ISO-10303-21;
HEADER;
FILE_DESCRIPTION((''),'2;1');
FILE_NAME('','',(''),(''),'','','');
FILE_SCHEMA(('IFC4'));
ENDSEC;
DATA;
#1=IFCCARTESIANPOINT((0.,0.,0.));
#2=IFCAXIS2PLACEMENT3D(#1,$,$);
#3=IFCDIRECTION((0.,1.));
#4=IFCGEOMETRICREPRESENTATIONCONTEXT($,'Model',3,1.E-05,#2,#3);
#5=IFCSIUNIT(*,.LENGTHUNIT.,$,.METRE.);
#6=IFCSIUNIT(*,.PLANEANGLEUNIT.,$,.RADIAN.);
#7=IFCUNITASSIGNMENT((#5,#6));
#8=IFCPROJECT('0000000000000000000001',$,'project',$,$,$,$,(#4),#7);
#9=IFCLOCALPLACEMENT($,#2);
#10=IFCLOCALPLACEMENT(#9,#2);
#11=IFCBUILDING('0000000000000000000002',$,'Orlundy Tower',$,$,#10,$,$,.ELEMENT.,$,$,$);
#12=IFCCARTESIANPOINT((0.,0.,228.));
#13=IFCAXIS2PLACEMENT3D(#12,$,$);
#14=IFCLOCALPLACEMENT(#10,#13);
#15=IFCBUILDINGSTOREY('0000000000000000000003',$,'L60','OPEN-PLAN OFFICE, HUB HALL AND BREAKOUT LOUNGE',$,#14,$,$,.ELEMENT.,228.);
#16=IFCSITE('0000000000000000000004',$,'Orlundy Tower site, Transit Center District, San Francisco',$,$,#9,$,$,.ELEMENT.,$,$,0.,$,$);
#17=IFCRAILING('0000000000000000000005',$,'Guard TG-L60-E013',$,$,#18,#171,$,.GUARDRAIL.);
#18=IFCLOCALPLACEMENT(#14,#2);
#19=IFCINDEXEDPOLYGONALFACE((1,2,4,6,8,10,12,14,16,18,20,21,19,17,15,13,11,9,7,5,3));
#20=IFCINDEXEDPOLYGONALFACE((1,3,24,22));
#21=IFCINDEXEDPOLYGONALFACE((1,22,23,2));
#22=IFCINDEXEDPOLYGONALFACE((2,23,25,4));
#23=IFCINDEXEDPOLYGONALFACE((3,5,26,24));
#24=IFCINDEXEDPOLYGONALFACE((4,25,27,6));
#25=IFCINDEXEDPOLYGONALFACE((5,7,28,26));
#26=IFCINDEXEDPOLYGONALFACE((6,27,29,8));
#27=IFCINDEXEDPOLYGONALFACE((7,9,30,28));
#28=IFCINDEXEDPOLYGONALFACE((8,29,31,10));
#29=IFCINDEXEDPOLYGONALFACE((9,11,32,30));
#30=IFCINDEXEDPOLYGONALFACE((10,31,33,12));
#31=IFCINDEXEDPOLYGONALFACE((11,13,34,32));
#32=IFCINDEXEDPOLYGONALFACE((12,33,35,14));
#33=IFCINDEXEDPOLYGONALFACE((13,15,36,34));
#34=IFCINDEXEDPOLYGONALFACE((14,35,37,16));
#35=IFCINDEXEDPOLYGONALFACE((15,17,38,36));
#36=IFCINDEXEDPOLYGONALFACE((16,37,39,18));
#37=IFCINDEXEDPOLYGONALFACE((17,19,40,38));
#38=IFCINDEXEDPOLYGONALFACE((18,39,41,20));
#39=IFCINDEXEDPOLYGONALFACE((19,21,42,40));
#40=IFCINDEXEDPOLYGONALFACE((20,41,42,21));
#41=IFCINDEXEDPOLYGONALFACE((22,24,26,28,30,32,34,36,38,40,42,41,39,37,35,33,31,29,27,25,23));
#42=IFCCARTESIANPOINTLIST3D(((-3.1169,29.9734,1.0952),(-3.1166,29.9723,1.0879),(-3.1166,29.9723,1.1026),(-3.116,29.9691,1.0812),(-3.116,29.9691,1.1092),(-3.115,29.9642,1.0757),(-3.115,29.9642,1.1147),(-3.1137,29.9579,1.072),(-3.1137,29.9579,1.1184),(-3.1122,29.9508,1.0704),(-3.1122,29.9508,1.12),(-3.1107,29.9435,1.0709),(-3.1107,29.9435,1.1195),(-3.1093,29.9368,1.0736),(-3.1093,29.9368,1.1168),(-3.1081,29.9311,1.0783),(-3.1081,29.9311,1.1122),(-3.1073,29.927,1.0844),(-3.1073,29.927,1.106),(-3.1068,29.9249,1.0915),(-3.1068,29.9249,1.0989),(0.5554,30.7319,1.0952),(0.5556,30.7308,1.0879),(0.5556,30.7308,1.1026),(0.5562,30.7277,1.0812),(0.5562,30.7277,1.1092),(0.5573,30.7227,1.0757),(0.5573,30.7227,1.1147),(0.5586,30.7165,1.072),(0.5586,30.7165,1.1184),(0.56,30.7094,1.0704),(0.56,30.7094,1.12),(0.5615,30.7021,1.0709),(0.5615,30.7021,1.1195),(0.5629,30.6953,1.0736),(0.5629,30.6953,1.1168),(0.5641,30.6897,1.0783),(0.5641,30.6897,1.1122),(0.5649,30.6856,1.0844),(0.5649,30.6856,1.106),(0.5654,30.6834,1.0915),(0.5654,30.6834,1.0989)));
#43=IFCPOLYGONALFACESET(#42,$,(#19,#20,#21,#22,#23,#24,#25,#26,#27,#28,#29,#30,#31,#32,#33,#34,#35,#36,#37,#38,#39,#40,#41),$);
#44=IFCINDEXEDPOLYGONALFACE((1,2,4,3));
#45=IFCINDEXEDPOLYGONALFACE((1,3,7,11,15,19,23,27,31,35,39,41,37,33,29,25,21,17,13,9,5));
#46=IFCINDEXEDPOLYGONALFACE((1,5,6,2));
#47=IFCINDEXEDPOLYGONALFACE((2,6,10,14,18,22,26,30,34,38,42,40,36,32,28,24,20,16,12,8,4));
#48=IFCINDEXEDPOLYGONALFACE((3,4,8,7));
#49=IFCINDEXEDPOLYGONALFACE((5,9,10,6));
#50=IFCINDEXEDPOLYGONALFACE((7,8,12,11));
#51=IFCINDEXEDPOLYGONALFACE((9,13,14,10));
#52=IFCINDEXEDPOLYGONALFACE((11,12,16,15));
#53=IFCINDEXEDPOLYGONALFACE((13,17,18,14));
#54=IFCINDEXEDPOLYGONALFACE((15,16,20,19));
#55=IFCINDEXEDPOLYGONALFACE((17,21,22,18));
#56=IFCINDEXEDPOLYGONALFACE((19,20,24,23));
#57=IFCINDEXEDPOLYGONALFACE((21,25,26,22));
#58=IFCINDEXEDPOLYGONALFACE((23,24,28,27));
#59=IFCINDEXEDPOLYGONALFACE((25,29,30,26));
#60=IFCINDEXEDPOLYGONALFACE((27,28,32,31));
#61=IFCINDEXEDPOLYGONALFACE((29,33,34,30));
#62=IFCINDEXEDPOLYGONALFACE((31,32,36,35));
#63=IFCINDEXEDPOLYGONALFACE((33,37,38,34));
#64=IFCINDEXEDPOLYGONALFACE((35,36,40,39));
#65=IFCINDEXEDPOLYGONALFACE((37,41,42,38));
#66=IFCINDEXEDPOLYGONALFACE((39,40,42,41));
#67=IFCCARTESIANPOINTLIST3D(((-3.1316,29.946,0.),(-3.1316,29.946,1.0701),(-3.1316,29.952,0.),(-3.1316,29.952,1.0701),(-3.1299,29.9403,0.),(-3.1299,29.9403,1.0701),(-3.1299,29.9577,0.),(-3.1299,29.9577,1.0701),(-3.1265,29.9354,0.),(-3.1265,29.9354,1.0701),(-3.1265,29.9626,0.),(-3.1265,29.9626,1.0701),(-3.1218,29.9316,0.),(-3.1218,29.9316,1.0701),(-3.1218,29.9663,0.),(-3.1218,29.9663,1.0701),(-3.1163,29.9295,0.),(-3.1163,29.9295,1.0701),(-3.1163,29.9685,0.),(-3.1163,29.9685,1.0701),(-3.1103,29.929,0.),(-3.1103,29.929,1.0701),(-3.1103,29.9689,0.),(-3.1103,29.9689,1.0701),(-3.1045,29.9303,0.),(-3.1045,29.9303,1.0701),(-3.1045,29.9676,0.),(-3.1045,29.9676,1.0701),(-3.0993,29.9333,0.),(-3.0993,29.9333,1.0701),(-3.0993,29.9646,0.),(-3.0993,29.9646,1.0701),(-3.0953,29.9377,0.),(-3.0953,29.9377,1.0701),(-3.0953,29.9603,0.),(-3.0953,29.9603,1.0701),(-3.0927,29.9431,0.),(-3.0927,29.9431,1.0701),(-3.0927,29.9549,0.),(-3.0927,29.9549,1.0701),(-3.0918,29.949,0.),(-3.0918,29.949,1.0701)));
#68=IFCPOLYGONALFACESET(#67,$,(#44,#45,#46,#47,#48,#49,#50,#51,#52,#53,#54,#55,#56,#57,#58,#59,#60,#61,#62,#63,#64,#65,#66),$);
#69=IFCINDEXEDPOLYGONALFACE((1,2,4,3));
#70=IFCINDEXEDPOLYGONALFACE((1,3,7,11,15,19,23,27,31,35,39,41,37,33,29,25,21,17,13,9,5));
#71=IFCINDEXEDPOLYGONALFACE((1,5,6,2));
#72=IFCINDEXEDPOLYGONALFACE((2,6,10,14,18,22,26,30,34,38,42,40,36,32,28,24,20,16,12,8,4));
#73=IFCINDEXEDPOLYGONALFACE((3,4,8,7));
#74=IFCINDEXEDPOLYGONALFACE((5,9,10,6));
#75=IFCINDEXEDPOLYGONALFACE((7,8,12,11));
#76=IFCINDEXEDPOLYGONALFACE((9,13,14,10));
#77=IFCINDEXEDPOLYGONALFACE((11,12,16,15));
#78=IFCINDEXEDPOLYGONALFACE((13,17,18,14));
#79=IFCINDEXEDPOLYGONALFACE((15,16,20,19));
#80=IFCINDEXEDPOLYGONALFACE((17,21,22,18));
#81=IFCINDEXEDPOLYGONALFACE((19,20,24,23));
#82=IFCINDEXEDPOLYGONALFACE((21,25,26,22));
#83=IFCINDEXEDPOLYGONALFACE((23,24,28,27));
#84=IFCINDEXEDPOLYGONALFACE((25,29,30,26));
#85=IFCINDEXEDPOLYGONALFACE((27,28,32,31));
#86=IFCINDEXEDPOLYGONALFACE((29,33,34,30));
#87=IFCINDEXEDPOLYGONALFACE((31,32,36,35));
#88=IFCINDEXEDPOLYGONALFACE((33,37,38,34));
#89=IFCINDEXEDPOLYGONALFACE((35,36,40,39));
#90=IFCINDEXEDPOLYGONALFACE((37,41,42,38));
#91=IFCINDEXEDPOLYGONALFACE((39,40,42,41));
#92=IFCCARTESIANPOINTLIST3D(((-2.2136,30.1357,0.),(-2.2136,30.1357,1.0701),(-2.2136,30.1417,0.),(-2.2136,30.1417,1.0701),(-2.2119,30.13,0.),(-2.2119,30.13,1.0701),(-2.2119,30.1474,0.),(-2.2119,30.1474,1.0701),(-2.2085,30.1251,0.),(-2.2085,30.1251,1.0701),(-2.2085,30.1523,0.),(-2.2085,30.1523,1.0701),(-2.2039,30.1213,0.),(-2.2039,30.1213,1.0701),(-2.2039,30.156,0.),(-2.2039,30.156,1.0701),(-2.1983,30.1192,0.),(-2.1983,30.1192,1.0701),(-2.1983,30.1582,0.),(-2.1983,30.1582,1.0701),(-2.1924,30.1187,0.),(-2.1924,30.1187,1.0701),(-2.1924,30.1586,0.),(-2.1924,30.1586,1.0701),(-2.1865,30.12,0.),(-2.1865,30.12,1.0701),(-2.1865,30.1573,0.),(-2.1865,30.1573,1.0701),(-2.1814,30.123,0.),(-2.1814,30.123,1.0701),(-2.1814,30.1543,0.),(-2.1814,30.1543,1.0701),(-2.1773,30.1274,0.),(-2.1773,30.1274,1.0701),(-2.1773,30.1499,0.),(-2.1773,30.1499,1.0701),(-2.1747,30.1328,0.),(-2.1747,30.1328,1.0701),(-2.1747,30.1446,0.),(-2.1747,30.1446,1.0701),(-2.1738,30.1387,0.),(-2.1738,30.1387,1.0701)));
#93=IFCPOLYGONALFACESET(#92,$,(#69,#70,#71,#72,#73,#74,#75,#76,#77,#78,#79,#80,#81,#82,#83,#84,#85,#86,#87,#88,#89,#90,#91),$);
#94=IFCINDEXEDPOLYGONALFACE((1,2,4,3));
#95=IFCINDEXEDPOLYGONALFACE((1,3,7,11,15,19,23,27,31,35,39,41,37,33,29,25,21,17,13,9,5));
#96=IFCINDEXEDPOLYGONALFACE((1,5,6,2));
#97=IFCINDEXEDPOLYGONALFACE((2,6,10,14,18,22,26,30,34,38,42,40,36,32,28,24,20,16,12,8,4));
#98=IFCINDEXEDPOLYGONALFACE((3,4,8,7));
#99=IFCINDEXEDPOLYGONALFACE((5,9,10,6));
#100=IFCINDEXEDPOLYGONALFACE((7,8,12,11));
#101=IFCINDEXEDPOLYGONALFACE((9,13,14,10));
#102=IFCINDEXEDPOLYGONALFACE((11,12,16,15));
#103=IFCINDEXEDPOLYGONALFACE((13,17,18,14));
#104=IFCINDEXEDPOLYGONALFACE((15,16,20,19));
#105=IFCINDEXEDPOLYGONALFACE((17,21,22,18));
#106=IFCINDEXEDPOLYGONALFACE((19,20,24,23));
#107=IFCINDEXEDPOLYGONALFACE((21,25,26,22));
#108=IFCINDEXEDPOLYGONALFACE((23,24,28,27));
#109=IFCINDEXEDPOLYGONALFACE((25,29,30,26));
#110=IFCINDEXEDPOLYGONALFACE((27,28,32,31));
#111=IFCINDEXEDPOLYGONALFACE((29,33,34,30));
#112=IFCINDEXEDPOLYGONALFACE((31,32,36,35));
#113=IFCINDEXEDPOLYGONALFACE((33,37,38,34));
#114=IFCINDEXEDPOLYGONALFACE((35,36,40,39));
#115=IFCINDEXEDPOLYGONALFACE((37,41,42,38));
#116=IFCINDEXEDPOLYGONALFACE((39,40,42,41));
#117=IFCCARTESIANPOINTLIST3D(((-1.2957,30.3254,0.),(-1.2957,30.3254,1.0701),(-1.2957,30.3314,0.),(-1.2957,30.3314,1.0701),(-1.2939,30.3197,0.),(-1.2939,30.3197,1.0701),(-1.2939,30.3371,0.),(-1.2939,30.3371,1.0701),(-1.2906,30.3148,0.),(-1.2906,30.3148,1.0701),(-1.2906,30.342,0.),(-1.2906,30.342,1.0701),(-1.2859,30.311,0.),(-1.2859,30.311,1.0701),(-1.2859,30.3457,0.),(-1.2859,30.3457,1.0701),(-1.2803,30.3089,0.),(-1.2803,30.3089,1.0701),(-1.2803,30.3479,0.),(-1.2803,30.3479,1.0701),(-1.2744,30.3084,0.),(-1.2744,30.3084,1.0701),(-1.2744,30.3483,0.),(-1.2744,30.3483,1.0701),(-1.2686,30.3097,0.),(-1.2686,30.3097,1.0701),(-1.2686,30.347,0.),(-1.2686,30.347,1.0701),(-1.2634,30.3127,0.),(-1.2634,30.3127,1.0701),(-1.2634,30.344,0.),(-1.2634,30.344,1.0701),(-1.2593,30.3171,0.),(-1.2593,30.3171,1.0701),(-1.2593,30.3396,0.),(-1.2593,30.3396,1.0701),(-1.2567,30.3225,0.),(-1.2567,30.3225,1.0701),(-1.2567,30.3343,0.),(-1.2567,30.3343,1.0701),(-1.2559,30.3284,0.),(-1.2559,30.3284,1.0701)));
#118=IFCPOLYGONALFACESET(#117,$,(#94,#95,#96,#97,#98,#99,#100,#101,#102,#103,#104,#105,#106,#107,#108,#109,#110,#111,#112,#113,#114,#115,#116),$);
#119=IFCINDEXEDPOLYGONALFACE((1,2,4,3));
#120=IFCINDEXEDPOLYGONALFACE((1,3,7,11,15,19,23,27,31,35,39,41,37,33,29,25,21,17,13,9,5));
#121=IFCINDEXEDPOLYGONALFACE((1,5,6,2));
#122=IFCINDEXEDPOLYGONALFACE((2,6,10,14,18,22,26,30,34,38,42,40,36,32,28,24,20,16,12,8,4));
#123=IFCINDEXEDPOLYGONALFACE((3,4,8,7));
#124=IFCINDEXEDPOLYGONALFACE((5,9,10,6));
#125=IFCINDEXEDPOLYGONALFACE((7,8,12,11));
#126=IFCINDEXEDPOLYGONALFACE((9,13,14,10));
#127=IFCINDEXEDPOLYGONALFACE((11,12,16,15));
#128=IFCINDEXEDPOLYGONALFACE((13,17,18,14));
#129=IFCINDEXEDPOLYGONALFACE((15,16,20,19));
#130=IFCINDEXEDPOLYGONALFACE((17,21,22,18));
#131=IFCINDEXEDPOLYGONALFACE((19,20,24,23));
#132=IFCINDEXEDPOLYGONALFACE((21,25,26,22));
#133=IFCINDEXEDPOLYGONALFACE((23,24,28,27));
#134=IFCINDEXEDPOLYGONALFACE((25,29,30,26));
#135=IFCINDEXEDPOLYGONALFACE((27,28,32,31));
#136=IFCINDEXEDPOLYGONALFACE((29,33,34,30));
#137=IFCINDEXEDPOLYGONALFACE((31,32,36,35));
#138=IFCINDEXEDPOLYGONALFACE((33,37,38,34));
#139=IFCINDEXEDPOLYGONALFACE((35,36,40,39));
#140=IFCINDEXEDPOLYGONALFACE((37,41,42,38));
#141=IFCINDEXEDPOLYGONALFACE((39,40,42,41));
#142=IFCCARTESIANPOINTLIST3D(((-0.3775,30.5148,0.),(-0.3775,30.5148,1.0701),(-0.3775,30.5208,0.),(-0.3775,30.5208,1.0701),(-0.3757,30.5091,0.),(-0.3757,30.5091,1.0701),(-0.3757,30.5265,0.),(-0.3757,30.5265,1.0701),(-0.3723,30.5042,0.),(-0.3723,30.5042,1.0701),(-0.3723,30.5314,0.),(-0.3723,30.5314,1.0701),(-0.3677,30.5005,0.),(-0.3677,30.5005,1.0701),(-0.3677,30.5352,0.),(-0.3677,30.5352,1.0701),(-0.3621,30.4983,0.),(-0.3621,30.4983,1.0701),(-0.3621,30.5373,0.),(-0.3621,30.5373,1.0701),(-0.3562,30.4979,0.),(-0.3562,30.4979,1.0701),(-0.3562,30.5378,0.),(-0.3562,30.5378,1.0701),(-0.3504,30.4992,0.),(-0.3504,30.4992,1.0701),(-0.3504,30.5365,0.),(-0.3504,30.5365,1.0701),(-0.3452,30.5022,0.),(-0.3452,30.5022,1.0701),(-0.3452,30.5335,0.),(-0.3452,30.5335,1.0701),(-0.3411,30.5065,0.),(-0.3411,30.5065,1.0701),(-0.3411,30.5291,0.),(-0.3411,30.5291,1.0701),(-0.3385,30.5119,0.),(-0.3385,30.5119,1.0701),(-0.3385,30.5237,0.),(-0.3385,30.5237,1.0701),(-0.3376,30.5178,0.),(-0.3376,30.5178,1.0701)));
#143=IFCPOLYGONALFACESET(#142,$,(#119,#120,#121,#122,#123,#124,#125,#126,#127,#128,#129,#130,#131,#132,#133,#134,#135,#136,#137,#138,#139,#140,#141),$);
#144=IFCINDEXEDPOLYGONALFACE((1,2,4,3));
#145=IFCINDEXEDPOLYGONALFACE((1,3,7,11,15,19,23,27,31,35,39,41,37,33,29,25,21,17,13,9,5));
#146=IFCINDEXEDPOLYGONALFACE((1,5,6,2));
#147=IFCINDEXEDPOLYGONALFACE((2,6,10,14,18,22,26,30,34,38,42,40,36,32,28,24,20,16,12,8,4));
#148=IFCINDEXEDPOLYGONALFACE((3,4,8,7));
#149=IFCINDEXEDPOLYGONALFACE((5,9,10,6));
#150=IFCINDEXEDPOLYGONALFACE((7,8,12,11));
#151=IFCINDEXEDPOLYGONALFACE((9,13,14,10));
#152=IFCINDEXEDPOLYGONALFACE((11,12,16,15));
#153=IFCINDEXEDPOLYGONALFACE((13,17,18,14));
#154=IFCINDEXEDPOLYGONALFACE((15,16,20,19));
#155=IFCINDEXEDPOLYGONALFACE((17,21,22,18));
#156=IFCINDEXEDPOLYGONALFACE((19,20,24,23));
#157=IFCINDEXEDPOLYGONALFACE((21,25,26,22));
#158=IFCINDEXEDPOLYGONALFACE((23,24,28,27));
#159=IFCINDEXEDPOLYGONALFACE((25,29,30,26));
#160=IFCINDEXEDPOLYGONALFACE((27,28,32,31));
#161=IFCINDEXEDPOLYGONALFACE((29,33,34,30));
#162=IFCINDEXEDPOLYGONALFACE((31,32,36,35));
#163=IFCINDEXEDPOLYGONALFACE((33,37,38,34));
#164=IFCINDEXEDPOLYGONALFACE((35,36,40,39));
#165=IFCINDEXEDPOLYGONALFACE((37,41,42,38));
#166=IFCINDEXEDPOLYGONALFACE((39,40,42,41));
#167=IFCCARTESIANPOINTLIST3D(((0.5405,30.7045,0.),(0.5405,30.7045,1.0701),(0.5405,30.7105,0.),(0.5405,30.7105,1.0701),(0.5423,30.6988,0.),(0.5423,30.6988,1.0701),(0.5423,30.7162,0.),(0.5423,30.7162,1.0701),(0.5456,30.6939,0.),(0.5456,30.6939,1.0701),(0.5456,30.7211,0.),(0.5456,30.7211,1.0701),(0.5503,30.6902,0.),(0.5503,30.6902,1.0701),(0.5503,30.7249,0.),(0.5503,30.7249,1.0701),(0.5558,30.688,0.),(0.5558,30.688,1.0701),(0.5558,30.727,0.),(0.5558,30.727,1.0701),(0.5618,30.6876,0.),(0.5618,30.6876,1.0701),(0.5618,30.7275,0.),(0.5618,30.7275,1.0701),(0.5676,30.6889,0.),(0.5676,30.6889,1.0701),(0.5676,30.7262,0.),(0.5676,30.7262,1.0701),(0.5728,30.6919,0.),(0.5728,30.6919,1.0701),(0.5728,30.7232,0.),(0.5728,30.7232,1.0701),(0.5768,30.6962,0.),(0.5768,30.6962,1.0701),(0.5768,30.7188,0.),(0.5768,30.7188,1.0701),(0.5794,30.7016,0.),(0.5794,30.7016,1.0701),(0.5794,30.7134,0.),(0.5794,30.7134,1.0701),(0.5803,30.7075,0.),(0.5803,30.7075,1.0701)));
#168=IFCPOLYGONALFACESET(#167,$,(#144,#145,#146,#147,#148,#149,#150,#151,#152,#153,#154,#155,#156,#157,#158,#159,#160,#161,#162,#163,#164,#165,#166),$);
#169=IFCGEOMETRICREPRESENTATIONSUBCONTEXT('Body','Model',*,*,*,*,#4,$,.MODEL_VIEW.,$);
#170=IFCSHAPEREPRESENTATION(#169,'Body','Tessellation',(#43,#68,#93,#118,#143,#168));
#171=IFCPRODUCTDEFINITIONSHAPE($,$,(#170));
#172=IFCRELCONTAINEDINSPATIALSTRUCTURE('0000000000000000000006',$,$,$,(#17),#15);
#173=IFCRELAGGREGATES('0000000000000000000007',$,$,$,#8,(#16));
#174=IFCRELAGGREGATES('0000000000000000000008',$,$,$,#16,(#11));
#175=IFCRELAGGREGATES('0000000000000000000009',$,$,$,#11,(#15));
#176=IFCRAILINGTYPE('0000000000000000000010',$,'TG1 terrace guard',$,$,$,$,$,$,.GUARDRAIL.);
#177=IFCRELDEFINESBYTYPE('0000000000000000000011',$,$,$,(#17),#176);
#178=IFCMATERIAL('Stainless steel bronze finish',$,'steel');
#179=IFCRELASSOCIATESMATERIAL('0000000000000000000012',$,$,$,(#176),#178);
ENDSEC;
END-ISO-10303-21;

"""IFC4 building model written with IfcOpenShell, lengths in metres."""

from ifc_helpers import new_model, si_unit, direction, frame, origin, origin_2d, place, context, subcontext, project, spatial, circle, extrude, material, type_object, element, save


model = new_model("IFC4")

# Units and contexts
model_context = context("Model", 3, precision=1e-05, world=origin(), true_north=direction((0.0, 1.0)))
body_context = subcontext(model_context, "Body", "Model", "MODEL_VIEW")
ifc_project = project(units=[si_unit("LENGTHUNIT", "METRE"), si_unit("PLANEANGLEUNIT", "RADIAN")], contexts=[model_context])

# Site, building, storey
site_placement = place(None, origin())
site = spatial("IfcSite", under=ifc_project, at=site_placement, Name="Orlundy Tower site, Transit Center District, San Francisco", CompositionType="ELEMENT", RefElevation=0.0)
building_placement = place(site_placement, origin())
building = spatial("IfcBuilding", under=site, at=building_placement, Name="Orlundy Tower", CompositionType="ELEMENT")
storey_placement = place(building_placement, frame((0.0, 0.0, 228.0)))
storey = spatial("IfcBuildingStorey", under=building, at=storey_placement, Name="L60", Description="OPEN-PLAN OFFICE, HUB HALL AND BREAKOUT LOUNGE", CompositionType="ELEMENT", Elevation=228.0)

# Railing
ifc_material_1 = material(Name="Stainless steel bronze finish", Category="steel")
railing_type_1 = type_object("IfcRailingType", Name="TG1 terrace guard", PredefinedType="GUARDRAIL", material=ifc_material_1)
railing_1_placement = place(storey_placement, frame((-3.1118, 29.949, 0.0)))
element("IfcRailing", 1, at=railing_1_placement, inside=storey, type_object=railing_type_1, Name="Guard TG-L60-E013", PredefinedType="GUARDRAIL", context=body_context, shape_type="SweptSolid", body=[
    extrude(circle(Radius=0.0249, at=origin_2d()), frame((0.0, 0.0, 1.0952), z_axis=(0.979324, 0.202298, 0.0), x_axis=(-0.202298, 0.979324, 0.0)), (0.0, 0.0, 1.0), 3.7498),
    extrude(circle(Radius=0.02, at=origin_2d()), origin(), (0.0, 0.0, 1.0), 1.0701),
    extrude(circle(Radius=0.02, at=origin_2d()), frame((0.918, 0.1897, 0.0)), (0.0, 0.0, 1.0), 1.0701),
    extrude(circle(Radius=0.02, at=origin_2d()), frame((1.8359, 0.3794, 0.0)), (0.0, 0.0, 1.0), 1.0701),
    extrude(circle(Radius=0.02, at=origin_2d()), frame((2.7542, 0.5688, 0.0)), (0.0, 0.0, 1.0), 1.0701),
    extrude(circle(Radius=0.02, at=origin_2d()), frame((3.6721, 0.7585, 0.0)), (0.0, 0.0, 1.0), 1.0701),
])

save(model, "model.ifc")
